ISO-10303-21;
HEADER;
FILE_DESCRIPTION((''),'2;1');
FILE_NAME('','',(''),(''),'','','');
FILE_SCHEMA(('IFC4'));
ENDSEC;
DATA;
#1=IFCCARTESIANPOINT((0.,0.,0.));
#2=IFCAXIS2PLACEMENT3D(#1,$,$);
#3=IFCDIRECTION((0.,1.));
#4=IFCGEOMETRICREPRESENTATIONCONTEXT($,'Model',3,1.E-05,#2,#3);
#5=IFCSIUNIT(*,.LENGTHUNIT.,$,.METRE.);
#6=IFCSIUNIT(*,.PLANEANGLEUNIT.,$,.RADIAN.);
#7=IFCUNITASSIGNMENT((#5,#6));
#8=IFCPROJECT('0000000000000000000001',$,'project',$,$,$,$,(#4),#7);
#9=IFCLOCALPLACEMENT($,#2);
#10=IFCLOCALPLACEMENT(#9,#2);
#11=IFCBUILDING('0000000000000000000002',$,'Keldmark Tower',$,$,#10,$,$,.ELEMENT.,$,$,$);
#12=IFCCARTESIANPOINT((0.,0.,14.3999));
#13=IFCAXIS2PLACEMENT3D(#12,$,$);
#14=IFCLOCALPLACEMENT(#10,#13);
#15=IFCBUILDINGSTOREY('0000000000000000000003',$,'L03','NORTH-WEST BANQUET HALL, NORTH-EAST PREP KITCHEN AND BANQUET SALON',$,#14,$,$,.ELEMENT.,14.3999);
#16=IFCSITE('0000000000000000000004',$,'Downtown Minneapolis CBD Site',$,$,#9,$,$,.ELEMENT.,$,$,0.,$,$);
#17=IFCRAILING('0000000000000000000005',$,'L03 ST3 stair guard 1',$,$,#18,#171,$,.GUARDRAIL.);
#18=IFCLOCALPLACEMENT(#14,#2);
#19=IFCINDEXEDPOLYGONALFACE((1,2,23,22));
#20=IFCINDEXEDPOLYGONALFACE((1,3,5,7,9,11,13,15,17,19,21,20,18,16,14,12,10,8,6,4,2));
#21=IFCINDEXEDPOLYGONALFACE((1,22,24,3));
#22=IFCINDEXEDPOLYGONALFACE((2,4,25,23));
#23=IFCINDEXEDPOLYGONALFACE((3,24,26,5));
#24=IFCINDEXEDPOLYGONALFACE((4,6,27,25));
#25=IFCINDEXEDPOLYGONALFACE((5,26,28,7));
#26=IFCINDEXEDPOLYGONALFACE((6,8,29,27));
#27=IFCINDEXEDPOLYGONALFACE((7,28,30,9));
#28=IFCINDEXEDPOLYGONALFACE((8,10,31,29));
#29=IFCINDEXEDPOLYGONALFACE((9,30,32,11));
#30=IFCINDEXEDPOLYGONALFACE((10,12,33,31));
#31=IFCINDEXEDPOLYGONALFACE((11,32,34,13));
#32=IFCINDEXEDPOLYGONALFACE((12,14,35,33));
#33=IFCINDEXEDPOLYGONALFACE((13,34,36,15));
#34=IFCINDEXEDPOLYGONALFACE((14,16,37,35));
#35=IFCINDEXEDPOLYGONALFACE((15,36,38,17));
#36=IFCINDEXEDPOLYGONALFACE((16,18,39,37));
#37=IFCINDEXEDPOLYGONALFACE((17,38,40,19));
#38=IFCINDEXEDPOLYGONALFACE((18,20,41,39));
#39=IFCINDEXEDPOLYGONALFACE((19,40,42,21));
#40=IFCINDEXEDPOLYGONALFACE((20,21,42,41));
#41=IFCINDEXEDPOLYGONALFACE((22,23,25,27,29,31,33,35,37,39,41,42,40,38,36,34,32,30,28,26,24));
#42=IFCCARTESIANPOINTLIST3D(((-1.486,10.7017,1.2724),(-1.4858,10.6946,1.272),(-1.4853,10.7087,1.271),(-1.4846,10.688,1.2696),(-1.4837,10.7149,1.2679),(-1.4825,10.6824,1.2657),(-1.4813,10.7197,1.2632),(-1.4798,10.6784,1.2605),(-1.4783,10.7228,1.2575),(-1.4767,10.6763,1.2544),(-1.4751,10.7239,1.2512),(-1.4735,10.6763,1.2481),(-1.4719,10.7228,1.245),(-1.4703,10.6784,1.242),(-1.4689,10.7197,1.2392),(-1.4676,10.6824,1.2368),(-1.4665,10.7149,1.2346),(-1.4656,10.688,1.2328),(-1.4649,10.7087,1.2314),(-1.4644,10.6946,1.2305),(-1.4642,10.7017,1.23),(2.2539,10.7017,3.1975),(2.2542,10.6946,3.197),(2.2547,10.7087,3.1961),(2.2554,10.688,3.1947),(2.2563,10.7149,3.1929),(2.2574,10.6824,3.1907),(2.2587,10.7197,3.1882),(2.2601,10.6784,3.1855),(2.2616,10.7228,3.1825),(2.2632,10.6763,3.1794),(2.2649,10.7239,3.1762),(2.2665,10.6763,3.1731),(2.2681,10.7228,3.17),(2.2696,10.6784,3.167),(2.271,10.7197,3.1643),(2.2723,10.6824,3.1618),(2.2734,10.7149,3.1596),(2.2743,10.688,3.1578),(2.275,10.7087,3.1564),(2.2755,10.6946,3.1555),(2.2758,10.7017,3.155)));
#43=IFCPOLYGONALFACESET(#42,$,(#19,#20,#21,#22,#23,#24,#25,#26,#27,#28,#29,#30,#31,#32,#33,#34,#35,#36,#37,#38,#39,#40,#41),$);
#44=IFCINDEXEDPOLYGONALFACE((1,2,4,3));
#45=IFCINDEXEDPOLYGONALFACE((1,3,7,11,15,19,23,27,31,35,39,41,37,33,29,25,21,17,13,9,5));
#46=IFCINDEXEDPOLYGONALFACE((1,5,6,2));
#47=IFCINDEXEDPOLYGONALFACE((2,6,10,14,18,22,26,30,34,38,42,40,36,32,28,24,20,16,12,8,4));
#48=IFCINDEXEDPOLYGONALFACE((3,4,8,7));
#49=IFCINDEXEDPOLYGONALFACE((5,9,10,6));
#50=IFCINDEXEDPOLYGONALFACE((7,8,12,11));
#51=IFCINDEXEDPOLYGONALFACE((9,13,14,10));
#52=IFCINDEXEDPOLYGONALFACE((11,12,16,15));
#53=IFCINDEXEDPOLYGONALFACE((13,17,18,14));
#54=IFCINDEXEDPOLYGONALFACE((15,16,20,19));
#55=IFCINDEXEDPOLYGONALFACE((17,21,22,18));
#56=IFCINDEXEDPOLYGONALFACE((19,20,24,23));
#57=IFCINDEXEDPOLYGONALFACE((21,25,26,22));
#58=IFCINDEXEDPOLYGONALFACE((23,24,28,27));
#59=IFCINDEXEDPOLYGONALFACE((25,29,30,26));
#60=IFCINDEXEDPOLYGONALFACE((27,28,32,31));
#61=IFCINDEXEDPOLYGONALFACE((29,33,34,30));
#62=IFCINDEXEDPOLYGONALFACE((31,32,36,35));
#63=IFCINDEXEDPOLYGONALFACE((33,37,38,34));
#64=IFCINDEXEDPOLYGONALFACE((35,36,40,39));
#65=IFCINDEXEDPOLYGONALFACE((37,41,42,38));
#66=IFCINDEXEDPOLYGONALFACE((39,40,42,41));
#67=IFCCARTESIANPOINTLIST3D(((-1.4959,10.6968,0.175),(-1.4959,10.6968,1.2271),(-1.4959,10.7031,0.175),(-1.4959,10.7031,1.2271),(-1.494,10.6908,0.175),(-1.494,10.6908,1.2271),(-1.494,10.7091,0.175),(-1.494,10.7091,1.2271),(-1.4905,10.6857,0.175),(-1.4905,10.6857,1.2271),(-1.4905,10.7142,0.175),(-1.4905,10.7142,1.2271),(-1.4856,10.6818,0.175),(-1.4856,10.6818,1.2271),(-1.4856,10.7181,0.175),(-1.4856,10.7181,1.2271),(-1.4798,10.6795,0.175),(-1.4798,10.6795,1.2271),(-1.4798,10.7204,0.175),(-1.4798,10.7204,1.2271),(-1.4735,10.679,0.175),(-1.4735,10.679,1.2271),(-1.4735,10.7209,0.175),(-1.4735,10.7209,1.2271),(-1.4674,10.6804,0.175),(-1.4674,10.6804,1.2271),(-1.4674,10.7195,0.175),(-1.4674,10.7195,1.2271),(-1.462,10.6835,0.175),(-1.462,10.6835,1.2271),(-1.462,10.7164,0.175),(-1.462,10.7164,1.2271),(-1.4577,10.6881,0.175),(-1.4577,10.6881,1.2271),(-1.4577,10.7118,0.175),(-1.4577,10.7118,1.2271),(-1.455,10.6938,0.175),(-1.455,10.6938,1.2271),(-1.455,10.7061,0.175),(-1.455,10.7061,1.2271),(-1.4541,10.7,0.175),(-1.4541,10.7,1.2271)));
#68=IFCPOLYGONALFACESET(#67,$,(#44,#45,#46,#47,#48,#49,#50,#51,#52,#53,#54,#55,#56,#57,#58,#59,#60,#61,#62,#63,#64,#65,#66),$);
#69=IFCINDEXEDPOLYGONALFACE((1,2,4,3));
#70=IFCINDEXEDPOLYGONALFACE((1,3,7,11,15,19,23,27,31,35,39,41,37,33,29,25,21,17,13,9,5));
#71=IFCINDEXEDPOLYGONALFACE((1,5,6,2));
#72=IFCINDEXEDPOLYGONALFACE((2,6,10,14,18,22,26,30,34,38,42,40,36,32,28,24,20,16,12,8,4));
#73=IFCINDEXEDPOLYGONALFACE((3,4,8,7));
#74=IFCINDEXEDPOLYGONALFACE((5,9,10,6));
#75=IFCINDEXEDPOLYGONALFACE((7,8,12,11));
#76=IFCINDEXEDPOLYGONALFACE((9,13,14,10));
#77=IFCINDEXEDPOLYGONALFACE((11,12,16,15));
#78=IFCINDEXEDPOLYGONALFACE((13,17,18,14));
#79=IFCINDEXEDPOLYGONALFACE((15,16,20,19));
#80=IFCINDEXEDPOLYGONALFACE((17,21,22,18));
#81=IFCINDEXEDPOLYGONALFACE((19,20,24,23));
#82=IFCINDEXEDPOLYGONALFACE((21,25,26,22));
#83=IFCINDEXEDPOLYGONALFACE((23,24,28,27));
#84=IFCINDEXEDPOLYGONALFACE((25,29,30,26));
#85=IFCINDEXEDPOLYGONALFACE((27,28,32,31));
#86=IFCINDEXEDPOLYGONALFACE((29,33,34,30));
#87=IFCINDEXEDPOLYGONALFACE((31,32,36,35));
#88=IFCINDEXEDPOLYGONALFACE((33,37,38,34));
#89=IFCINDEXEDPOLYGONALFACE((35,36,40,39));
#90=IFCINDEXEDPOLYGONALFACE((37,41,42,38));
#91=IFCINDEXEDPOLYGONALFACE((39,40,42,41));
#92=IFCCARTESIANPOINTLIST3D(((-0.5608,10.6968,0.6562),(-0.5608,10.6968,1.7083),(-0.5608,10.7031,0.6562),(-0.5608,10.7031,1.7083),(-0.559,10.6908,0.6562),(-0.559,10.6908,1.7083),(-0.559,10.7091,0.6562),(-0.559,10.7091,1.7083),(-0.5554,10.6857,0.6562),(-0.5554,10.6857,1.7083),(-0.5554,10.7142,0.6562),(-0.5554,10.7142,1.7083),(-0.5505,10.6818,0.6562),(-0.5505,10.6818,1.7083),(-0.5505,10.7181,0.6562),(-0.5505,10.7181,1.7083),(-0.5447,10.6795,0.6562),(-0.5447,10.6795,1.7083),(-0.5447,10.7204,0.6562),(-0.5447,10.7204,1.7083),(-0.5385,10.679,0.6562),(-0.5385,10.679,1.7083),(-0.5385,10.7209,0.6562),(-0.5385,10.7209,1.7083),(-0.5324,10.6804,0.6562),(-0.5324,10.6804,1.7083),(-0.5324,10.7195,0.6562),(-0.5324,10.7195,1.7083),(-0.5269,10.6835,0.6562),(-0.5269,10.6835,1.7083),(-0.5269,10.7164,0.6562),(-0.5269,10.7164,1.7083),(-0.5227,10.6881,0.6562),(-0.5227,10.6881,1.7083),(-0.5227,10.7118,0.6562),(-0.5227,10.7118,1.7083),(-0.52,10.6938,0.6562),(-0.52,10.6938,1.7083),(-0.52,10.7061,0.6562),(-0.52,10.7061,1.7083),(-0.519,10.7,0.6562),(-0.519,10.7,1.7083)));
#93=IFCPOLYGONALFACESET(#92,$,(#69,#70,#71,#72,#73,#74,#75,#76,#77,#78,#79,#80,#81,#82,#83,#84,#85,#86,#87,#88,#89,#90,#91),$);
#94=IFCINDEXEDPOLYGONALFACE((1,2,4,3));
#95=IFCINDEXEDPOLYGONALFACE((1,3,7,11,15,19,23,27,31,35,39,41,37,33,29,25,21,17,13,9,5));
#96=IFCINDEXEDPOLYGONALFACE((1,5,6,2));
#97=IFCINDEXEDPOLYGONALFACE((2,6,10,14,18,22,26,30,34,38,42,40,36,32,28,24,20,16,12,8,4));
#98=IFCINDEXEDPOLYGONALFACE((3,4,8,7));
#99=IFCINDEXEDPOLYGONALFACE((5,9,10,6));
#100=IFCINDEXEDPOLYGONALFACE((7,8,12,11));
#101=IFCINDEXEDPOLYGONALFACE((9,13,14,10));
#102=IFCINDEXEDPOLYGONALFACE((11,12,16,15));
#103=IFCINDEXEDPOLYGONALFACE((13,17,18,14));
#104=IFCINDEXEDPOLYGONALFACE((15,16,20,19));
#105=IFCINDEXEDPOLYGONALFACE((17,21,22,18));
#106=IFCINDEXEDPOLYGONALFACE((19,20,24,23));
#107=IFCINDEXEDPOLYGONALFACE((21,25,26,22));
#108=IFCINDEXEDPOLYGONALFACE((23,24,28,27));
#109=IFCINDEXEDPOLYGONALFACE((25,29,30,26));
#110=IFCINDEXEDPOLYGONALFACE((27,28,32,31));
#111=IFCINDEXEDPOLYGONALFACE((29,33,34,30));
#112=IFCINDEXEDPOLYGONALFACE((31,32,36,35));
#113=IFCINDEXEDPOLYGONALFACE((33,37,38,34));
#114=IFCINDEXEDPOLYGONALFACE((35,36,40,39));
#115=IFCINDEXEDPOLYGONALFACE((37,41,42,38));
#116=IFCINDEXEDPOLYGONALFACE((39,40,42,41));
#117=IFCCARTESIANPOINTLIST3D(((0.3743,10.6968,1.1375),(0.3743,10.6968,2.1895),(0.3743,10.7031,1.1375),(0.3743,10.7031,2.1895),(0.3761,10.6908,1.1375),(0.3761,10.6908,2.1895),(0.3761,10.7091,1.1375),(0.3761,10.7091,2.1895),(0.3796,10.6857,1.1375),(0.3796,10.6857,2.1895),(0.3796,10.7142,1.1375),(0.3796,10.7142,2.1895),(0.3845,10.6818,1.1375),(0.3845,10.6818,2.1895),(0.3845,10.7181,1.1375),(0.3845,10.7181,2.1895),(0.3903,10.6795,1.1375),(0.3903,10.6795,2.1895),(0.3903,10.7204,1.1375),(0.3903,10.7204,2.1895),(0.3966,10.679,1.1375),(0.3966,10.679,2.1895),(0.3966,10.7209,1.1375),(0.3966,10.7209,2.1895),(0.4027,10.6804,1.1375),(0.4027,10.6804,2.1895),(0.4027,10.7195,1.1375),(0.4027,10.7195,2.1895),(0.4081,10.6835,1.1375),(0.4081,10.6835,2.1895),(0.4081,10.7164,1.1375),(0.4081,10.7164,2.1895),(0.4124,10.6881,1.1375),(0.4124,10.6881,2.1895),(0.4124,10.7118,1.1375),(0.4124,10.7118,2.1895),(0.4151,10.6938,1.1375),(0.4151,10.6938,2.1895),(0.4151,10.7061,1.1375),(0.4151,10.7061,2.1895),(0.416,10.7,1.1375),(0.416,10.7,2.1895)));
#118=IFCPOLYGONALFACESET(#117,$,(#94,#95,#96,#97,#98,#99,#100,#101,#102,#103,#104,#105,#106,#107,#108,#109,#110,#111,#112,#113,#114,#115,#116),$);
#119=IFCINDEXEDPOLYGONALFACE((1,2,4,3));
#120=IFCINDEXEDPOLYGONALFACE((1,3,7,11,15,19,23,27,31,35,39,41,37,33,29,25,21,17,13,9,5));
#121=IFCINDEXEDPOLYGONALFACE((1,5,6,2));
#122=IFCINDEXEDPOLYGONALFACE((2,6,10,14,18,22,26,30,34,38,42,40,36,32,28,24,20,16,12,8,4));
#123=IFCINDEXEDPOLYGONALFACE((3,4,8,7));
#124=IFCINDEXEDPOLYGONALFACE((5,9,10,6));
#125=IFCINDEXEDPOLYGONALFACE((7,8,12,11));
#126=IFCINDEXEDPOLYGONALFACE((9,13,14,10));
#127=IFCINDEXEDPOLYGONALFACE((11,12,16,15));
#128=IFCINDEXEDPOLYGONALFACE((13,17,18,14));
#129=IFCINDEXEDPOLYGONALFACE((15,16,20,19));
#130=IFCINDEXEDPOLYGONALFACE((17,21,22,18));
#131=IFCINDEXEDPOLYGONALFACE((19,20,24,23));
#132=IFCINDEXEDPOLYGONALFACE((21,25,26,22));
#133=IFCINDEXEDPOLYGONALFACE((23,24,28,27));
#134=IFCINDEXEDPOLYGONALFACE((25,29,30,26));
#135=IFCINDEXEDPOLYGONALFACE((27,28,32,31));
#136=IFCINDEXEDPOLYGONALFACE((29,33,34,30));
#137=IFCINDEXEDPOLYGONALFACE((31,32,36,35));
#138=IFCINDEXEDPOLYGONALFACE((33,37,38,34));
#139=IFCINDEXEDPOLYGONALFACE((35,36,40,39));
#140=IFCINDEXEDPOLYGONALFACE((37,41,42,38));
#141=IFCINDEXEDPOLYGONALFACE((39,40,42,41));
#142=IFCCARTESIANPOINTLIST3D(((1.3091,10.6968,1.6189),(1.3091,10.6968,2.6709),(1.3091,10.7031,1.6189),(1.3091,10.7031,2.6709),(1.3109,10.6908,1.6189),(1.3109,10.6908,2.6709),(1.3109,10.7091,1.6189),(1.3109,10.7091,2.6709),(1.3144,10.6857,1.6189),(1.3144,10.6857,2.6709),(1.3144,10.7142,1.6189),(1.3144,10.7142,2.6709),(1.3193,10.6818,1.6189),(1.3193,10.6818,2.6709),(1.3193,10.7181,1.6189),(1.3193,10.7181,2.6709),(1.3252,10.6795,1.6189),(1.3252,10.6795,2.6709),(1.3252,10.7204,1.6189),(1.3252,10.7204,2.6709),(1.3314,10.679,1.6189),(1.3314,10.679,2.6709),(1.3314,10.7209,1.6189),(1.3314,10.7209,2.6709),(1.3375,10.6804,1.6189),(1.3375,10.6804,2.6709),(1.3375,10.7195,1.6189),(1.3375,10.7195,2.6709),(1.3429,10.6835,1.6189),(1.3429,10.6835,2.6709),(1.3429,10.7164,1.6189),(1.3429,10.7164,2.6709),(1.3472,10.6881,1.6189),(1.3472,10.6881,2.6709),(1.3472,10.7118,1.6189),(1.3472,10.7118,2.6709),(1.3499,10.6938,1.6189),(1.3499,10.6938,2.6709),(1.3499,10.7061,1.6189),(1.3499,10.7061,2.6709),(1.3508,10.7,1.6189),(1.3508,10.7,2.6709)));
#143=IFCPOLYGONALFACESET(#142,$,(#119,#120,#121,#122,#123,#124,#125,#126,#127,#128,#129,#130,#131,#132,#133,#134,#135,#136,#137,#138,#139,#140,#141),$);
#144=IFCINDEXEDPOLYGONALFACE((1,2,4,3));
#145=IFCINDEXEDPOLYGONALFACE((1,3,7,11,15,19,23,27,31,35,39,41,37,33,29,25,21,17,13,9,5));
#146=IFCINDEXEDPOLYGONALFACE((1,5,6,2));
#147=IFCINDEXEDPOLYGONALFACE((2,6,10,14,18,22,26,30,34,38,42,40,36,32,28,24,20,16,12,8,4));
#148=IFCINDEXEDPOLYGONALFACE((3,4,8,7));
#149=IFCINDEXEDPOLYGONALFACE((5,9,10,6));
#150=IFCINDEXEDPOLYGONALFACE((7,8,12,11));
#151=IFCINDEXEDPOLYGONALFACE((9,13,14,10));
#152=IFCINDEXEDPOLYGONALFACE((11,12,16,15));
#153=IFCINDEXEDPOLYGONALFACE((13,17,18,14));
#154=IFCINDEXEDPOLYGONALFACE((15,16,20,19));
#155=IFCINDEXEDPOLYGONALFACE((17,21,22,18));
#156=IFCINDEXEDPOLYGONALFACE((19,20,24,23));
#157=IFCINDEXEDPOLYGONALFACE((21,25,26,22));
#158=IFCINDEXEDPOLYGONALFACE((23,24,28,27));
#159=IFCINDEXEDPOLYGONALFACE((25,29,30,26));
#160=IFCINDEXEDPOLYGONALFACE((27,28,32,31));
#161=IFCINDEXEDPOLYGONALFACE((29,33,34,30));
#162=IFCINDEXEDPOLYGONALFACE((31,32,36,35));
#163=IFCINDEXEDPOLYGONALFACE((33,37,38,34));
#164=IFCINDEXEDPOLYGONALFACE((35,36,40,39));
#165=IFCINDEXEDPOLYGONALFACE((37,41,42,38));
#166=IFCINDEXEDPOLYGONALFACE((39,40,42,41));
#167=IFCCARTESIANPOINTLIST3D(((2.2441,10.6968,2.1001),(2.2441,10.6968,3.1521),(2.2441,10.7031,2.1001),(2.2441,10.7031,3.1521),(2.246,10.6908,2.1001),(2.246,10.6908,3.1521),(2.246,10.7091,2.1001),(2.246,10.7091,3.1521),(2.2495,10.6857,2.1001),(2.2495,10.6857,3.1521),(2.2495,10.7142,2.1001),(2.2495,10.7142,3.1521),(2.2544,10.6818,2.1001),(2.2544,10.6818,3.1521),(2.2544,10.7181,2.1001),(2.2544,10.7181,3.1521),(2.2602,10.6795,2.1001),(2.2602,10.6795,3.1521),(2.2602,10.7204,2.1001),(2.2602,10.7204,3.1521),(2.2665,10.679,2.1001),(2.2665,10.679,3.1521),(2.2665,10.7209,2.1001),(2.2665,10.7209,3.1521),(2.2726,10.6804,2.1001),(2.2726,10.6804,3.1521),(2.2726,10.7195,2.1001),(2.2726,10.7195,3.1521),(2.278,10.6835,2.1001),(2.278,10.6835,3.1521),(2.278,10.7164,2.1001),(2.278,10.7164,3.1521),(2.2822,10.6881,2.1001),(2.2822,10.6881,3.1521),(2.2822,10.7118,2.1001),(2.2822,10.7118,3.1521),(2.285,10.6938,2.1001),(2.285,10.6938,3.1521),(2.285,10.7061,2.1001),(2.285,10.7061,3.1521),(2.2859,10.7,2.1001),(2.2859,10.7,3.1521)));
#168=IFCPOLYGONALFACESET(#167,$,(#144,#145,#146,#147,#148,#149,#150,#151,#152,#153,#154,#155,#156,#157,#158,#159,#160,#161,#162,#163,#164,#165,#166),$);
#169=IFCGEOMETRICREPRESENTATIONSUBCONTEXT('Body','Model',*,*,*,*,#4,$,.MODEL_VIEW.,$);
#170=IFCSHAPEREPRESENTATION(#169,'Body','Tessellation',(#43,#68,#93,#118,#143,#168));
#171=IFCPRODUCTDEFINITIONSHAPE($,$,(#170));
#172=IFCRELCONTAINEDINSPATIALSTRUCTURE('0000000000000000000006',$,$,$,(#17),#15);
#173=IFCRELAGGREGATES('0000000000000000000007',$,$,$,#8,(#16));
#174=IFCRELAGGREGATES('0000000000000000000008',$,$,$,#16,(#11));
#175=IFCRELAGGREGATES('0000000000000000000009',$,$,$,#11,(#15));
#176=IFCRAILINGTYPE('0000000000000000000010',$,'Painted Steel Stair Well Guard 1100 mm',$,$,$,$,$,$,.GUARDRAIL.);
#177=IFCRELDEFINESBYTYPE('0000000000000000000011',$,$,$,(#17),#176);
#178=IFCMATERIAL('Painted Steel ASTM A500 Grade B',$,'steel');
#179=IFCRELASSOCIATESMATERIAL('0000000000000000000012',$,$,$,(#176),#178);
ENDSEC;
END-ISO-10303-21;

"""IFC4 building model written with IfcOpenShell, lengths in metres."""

from ifc_helpers import new_model, si_unit, direction, frame, origin, origin_2d, place, context, subcontext, project, spatial, circle, extrude, material, type_object, element, save


model = new_model("IFC4")

# Units and contexts
model_context = context("Model", 3, precision=1e-05, world=origin(), true_north=direction((0.0, 1.0)))
body_context = subcontext(model_context, "Body", "Model", "MODEL_VIEW")
ifc_project = project(units=[si_unit("LENGTHUNIT", "METRE"), si_unit("PLANEANGLEUNIT", "RADIAN")], contexts=[model_context])

# Site, building, storey
site_placement = place(None, origin())
site = spatial("IfcSite", under=ifc_project, at=site_placement, Name="Downtown Minneapolis CBD Site", CompositionType="ELEMENT", RefElevation=0.0)
building_placement = place(site_placement, origin())
building = spatial("IfcBuilding", under=site, at=building_placement, Name="Keldmark Tower", CompositionType="ELEMENT")
storey_placement = place(building_placement, frame((0.0, 0.0, 14.3999)))
storey = spatial("IfcBuildingStorey", under=building, at=storey_placement, Name="L03", Description="NORTH-WEST BANQUET HALL, NORTH-EAST PREP KITCHEN AND BANQUET SALON", CompositionType="ELEMENT", Elevation=14.3999)

# Railing
ifc_material_1 = material(Name="Painted Steel ASTM A500 Grade B", Category="steel")
railing_type_1 = type_object("IfcRailingType", Name="Painted Steel Stair Well Guard 1100 mm", PredefinedType="GUARDRAIL", material=ifc_material_1)
railing_1_placement = place(storey_placement, frame((-1.4751, 10.7, 0.175)))
element("IfcRailing", 1, at=railing_1_placement, inside=storey, type_object=railing_type_1, Name="L03 ST3 stair guard 1", PredefinedType="GUARDRAIL", context=body_context, shape_type="SweptSolid", body=[
    extrude(circle(Radius=0.0239, at=origin_2d()), frame((0.0, 0.0, 1.0762), z_axis=(0.889131, 0.0, 0.457654), x_axis=(0.0, 1.0, 0.0)), (0.0, 0.0, 1.0), 4.2063),
    extrude(circle(Radius=0.021, at=origin_2d()), origin(), (0.0, 0.0, 1.0), 1.052),
    extrude(circle(Radius=0.021, at=origin_2d()), frame((0.9351, 0.0, 0.4812)), (0.0, 0.0, 1.0), 1.052),
    extrude(circle(Radius=0.021, at=origin_2d()), frame((1.8701, 0.0, 0.9624)), (0.0, 0.0, 1.0), 1.052),
    extrude(circle(Radius=0.021, at=origin_2d()), frame((2.8049, 0.0, 1.4438)), (0.0, 0.0, 1.0), 1.052),
    extrude(circle(Radius=0.021, at=origin_2d()), frame((3.74, 0.0, 1.925)), (0.0, 0.0, 1.0), 1.052),
])

save(model, "model.ifc")
